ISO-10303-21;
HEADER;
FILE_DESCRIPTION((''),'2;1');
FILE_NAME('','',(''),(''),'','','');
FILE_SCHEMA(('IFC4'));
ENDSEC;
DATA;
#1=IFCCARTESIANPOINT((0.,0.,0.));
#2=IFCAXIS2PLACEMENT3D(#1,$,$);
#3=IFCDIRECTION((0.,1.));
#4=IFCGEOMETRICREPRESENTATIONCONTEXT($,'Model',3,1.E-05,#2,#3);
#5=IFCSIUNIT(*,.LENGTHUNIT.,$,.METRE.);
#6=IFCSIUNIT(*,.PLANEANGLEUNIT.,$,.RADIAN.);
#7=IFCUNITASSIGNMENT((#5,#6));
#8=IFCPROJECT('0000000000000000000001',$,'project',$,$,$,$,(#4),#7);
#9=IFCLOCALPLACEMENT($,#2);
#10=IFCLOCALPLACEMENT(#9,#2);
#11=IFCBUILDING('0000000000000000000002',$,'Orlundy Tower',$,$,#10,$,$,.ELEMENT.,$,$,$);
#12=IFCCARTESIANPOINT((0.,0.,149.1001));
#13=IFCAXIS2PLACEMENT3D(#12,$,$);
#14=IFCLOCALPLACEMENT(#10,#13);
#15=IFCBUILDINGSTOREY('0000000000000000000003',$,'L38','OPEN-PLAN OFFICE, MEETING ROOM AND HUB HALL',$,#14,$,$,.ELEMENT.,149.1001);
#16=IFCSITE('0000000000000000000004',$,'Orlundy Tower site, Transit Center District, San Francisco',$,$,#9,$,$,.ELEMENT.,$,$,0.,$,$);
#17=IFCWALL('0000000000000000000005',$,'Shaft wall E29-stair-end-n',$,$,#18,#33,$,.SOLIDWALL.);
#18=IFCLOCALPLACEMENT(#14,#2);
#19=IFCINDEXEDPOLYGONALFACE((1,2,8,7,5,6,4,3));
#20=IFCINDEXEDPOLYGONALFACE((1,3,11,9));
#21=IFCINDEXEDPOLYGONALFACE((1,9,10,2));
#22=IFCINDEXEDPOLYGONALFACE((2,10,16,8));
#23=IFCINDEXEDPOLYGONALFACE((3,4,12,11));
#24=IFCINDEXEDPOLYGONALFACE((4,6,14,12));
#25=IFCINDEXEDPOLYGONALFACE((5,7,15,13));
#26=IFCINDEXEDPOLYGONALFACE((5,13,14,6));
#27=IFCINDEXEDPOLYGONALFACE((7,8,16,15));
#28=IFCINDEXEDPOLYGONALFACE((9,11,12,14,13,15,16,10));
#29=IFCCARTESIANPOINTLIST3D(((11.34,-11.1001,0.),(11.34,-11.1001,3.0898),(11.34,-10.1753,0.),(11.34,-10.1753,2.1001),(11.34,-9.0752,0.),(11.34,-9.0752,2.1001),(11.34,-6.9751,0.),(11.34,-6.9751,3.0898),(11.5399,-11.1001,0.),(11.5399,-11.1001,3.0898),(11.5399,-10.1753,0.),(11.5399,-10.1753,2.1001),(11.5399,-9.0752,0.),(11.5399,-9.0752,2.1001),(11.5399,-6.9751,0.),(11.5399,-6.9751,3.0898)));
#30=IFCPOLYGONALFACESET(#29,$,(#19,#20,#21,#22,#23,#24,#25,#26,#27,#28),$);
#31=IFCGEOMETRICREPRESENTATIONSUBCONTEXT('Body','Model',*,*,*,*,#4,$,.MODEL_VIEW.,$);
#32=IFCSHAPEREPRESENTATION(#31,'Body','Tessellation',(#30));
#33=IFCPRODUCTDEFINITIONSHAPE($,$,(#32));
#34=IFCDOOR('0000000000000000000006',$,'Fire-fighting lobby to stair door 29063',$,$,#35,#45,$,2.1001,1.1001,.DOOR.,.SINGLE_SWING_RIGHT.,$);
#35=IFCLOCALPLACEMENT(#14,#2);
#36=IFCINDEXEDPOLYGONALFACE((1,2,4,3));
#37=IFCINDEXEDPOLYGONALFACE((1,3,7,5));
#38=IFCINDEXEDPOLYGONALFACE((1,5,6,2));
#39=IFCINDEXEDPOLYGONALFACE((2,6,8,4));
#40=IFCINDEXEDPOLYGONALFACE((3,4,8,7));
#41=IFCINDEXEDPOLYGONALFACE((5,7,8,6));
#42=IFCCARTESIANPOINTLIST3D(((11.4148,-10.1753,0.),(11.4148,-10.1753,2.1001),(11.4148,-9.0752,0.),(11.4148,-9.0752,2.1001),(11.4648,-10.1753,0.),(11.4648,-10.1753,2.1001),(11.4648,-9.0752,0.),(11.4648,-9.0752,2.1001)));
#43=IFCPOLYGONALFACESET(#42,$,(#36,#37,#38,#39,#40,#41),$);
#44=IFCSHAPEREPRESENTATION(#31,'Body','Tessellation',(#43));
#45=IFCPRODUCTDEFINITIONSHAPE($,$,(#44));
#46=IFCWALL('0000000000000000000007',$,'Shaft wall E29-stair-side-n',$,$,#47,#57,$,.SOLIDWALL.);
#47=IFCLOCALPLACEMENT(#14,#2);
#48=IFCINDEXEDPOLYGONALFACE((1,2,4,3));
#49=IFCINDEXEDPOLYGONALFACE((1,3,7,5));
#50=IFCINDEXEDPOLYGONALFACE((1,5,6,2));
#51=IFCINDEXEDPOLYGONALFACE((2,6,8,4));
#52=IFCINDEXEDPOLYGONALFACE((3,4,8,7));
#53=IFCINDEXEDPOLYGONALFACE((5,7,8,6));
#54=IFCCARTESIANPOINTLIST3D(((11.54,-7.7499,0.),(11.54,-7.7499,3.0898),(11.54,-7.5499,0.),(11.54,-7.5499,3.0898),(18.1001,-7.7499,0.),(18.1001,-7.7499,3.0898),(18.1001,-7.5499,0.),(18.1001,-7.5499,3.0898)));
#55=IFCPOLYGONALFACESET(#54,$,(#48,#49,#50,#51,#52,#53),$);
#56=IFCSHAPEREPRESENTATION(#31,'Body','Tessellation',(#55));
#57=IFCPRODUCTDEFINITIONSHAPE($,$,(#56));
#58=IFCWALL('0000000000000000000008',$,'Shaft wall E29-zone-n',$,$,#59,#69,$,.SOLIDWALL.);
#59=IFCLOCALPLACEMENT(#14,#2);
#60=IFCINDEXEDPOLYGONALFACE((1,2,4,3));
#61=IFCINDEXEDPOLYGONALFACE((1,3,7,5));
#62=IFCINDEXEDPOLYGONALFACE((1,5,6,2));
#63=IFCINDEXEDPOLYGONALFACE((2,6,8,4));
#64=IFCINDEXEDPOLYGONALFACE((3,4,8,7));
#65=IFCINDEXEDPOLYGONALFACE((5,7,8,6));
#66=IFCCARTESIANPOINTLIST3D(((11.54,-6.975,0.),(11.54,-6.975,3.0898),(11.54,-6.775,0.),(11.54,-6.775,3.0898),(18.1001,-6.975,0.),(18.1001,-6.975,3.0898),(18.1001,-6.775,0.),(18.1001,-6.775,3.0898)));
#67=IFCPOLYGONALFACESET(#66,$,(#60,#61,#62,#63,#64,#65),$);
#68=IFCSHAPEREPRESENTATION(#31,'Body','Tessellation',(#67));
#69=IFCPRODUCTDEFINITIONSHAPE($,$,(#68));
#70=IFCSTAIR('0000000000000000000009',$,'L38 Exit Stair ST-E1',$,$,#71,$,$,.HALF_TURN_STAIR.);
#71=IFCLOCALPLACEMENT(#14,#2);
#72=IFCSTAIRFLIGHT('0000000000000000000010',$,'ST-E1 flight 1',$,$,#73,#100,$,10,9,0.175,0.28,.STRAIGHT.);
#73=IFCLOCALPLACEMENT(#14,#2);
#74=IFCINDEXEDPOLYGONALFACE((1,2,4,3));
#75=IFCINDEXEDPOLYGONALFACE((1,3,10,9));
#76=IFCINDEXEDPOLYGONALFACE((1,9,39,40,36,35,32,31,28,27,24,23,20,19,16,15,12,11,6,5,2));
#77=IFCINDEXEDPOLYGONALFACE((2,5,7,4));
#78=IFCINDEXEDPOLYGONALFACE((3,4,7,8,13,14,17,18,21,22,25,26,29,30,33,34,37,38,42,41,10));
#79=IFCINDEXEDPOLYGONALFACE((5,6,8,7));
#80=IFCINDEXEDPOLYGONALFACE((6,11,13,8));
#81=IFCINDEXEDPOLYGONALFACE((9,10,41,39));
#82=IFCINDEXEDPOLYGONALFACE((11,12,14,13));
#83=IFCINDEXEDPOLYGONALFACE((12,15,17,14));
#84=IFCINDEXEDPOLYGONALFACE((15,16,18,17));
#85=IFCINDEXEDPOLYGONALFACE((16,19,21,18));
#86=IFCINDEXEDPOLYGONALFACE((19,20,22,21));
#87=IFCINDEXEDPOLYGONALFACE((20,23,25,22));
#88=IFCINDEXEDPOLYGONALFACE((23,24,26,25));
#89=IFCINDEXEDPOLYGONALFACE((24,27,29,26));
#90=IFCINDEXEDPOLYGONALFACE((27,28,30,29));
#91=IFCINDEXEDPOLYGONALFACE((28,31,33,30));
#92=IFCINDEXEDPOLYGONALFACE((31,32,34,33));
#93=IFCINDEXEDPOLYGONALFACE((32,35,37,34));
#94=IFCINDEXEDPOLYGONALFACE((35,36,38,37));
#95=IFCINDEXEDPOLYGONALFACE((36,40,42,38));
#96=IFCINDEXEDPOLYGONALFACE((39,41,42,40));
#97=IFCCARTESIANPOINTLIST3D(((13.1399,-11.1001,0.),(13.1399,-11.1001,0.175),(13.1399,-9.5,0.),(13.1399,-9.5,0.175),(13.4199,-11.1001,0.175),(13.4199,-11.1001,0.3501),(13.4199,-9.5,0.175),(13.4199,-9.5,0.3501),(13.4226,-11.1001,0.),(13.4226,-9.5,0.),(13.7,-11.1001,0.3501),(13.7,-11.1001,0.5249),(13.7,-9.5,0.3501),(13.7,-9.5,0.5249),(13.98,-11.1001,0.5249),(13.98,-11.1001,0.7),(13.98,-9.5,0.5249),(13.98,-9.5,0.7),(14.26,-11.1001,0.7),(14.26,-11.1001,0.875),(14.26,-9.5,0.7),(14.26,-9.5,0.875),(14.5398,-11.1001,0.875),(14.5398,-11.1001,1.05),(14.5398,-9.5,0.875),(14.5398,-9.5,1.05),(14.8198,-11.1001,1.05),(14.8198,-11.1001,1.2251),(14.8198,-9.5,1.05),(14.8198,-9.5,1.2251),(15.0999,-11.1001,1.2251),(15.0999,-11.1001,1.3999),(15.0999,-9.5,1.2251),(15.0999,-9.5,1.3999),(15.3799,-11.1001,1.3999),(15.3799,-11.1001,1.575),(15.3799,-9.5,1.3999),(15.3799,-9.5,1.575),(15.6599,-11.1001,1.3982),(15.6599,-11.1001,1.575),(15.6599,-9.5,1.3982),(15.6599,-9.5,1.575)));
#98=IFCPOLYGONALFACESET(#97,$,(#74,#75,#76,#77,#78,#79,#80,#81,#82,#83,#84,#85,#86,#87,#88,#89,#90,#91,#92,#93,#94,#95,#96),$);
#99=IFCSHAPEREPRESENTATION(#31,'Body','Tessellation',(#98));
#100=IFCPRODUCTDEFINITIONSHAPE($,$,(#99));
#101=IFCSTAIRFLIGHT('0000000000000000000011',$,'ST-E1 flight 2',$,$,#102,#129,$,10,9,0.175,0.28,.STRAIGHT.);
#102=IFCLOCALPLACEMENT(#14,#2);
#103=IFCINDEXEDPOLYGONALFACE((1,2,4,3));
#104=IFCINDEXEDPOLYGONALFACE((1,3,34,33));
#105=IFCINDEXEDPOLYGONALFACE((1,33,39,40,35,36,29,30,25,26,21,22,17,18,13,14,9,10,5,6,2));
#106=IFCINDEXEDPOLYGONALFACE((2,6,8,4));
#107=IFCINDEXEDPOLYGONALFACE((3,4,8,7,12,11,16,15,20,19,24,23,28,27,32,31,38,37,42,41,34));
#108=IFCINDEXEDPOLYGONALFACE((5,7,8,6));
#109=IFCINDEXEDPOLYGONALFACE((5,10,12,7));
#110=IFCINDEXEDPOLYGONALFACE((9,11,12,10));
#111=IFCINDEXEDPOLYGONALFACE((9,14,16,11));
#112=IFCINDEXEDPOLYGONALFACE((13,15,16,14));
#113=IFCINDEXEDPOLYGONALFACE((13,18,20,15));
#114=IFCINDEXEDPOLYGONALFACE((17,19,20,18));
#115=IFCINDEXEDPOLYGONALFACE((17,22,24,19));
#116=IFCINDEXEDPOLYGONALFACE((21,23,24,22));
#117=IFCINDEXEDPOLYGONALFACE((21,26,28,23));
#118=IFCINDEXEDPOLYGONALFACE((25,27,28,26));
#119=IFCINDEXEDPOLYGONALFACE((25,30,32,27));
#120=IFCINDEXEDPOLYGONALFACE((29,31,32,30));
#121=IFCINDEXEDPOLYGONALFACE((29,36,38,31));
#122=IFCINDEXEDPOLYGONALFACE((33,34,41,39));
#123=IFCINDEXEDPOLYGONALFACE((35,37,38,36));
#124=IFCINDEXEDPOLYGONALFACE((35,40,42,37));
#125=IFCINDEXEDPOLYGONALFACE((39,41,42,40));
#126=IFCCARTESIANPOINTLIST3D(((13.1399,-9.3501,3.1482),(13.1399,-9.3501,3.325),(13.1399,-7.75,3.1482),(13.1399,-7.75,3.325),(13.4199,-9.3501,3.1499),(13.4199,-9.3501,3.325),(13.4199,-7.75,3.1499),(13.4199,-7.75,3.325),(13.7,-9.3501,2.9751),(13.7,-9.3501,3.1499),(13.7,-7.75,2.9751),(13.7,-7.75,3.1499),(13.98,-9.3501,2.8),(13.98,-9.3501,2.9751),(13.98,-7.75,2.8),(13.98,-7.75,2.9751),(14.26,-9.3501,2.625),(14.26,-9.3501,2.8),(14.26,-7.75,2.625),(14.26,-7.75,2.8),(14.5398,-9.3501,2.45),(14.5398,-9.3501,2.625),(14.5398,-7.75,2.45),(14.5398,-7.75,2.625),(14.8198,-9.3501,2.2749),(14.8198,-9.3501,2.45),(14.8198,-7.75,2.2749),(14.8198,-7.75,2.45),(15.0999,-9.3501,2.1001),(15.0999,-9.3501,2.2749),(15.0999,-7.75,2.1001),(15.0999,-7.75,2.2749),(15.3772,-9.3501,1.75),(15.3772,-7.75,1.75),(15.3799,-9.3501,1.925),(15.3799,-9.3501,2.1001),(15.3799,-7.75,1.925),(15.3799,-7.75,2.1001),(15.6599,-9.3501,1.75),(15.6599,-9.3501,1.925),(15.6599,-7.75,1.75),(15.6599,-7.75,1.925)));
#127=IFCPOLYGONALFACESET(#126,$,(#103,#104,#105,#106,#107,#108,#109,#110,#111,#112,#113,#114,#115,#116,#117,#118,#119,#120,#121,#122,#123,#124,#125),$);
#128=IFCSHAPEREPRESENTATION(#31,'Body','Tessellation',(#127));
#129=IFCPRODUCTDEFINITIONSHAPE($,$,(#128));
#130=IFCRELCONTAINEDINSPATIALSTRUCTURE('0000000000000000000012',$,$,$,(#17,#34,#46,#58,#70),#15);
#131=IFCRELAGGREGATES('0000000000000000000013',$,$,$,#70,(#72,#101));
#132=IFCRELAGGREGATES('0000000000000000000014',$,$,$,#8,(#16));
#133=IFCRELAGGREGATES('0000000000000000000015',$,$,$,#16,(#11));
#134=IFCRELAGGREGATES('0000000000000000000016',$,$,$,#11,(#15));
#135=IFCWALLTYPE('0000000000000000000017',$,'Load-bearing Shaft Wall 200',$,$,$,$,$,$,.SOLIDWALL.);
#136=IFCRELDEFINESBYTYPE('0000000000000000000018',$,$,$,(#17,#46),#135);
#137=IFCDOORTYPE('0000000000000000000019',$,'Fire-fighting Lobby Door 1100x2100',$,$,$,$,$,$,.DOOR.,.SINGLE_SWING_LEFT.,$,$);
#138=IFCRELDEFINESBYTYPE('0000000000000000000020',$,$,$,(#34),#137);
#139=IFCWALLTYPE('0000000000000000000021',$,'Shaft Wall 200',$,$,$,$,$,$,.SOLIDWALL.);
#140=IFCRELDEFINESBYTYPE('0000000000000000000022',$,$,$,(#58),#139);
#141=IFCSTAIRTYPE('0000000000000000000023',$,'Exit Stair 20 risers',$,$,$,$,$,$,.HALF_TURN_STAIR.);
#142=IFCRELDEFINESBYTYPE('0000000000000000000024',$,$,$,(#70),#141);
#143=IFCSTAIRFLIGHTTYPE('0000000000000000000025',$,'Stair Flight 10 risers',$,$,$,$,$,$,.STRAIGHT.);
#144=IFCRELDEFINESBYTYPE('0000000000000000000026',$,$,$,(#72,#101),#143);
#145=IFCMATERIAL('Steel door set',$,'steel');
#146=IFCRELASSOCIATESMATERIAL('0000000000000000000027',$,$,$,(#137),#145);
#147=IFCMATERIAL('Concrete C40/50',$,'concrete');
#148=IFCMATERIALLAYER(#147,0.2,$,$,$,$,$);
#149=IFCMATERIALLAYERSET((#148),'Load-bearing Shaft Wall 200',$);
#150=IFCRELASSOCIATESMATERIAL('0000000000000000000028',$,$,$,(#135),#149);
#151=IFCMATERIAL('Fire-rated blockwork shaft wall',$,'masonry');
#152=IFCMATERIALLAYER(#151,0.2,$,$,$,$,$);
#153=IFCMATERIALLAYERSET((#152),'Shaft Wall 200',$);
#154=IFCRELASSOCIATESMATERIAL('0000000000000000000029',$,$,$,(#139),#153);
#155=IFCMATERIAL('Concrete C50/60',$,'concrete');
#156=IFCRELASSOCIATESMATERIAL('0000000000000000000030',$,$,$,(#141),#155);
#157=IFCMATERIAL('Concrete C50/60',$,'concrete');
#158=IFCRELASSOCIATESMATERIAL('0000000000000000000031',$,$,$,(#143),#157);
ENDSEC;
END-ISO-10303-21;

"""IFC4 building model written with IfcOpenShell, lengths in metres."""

from ifc_helpers import new_model, si_unit, direction, frame, frame_2d, origin, place, context, subcontext, project, spatial, polyline, rectangle, outline, extrude, material, layer, layer_set, type_object, element, fill, aggregate, save


model = new_model("IFC4")

# Units and contexts
model_context = context("Model", 3, precision=1e-05, world=origin(), true_north=direction((0.0, 1.0)))
body_context = subcontext(model_context, "Body", "Model", "MODEL_VIEW")
ifc_project = project(units=[si_unit("LENGTHUNIT", "METRE"), si_unit("PLANEANGLEUNIT", "RADIAN")], contexts=[model_context])

# Site, building, storey
site_placement = place(None, origin())
site = spatial("IfcSite", under=ifc_project, at=site_placement, Name="Orlundy Tower site, Transit Center District, San Francisco", CompositionType="ELEMENT", RefElevation=0.0)
building_placement = place(site_placement, origin())
building = spatial("IfcBuilding", under=site, at=building_placement, Name="Orlundy Tower", CompositionType="ELEMENT")
storey_placement = place(building_placement, frame((0.0, 0.0, 149.1001)))
storey = spatial("IfcBuildingStorey", under=building, at=storey_placement, Name="L38", Description="OPEN-PLAN OFFICE, MEETING ROOM AND HUB HALL", CompositionType="ELEMENT", Elevation=149.1001)

# Shared definitions
ifc_material_1 = material(Name="Steel door set", Category="steel")
door_type_1 = type_object("IfcDoorType", Name="Fire-fighting Lobby Door 1100x2100", OperationType="SINGLE_SWING_LEFT", PredefinedType="DOOR", material=ifc_material_1)

# Wall, opening, door
ifc_material_2 = material(Name="Concrete C40/50", Category="concrete")
ifc_layer_1 = layer(ifc_material_2, 0.2)
ifc_layer_set_1 = layer_set([ifc_layer_1], Name="Load-bearing Shaft Wall 200")
wall_type_1 = type_object("IfcWallType", Name="Load-bearing Shaft Wall 200", PredefinedType="SOLIDWALL", material=ifc_layer_set_1)
wall_1_placement = place(storey_placement, frame((11.4399, -6.9751, 0.0), z_axis=(0.0, 0.0, 1.0), x_axis=(0.0, -1.0, 0.0)))
wall_1 = element("IfcWall", 1, at=wall_1_placement, inside=storey, type_object=wall_type_1, Name="Shaft wall E29-stair-end-n", PredefinedType="SOLIDWALL", context=body_context, shape_type="SweptSolid", body=[
    extrude(rectangle(XDim=4.125, YDim=0.2, at=frame_2d((2.0625, 0.0))), origin(), (0.0, 0.0, 1.0), 3.0898),
])
opening_1_placement = place(wall_1_placement, frame((2.1001, 0.0, 0.0)))
opening_1 = element("IfcOpeningElement", 2, at=opening_1_placement, cuts=wall_1, PredefinedType="OPENING", context=body_context, shape_type="SweptSolid", body=[
    extrude(rectangle(XDim=1.1001, YDim=2.1001, at=frame_2d((0.55, 1.05))), frame((0.0, 0.1101, 0.0), z_axis=(0.0, -1.0, 0.0), x_axis=(1.0, 0.0, 0.0)), (0.0, 0.0, 1.0), 0.2202),
])
door_1_placement = place(opening_1_placement, origin())
door_1 = element("IfcDoor", 3, at=door_1_placement, inside=storey, type_object=door_type_1, Name="Fire-fighting lobby to stair door 29063", OperationType="SINGLE_SWING_RIGHT", OverallHeight=2.1001, OverallWidth=1.1001, PredefinedType="DOOR", context=body_context, shape_type="SweptSolid", body=[
    extrude(rectangle(XDim=1.1001, YDim=2.1001, at=frame_2d((0.55, 1.05))), frame((0.0, 0.0249, 0.0), z_axis=(0.0, -1.0, 0.0), x_axis=(1.0, 0.0, 0.0)), (0.0, 0.0, 1.0), 0.05),
])
fill(opening_1, door_1)

# Walls
wall_2_placement = place(storey_placement, frame((11.54, -7.6499, 0.0), z_axis=(0.0, 0.0, 1.0), x_axis=(1.0, 0.0, 0.0)))
element("IfcWall", 4, at=wall_2_placement, inside=storey, type_object=wall_type_1, Name="Shaft wall E29-stair-side-n", PredefinedType="SOLIDWALL", context=body_context, shape_type="SweptSolid", body=[
    extrude(rectangle(XDim=6.5601, YDim=0.2, at=frame_2d((3.28, 0.0))), origin(), (0.0, 0.0, 1.0), 3.0898),
])
ifc_material_3 = material(Name="Fire-rated blockwork shaft wall", Category="masonry")
ifc_layer_2 = layer(ifc_material_3, 0.2)
ifc_layer_set_2 = layer_set([ifc_layer_2], Name="Shaft Wall 200")
wall_type_2 = type_object("IfcWallType", Name="Shaft Wall 200", PredefinedType="SOLIDWALL", material=ifc_layer_set_2)
wall_3_placement = place(storey_placement, frame((11.54, -6.875, 0.0), z_axis=(0.0, 0.0, 1.0), x_axis=(1.0, 0.0, 0.0)))
element("IfcWall", 5, at=wall_3_placement, inside=storey, type_object=wall_type_2, Name="Shaft wall E29-zone-n", PredefinedType="SOLIDWALL", context=body_context, shape_type="SweptSolid", body=[
    extrude(rectangle(XDim=6.5601, YDim=0.2, at=frame_2d((3.28, 0.0))), origin(), (0.0, 0.0, 1.0), 3.0898),
])

# Stair, stair flights
ifc_material_4 = material(Name="Concrete C50/60", Category="concrete")
stair_type = type_object("IfcStairType", Name="Exit Stair 20 risers", PredefinedType="HALF_TURN_STAIR", material=ifc_material_4)
stair_placement = place(storey_placement, origin())
stair = element("IfcStair", 6, at=stair_placement, inside=storey, type_object=stair_type, Name="L38 Exit Stair ST-E1", PredefinedType="HALF_TURN_STAIR")
ifc_material_5 = material(Name="Concrete C50/60", Category="concrete")
stair_flight_type = type_object("IfcStairFlightType", Name="Stair Flight 10 risers", PredefinedType="STRAIGHT", material=ifc_material_5)
stair_flight_1_placement = place(storey_placement, frame((13.1399, -10.3, 0.0), z_axis=(0.0, 0.0, 1.0), x_axis=(1.0, 0.0, 0.0)))
stair_flight_1 = element("IfcStairFlight", 7, at=stair_flight_1_placement, type_object=stair_flight_type, Name="ST-E1 flight 1", NumberOfRisers=10, NumberOfTreads=9, PredefinedType="STRAIGHT", RiserHeight=0.175, TreadLength=0.28, context=body_context, shape_type="SweptSolid", body=[
    extrude(outline(polyline([(0.0, 0.0), (0.0, 0.175), (0.28, 0.175), (0.28, 0.3501), (0.5601, 0.3501), (0.5601, 0.5249), (0.8401, 0.5249), (0.8401, 0.7), (1.1201, 0.7), (1.1201, 0.875), (1.3999, 0.875), (1.3999, 1.05), (1.6799, 1.05), (1.6799, 1.2251), (1.96, 1.2251), (1.96, 1.3999), (2.24, 1.3999), (2.24, 1.575), (2.52, 1.575), (2.52, 1.75), (2.52, 1.3982), (0.2827, 0.0), (0.0, 0.0)])), frame((0.0, 0.8, 0.0), z_axis=(0.0, -1.0, 0.0), x_axis=(1.0, 0.0, 0.0)), (0.0, 0.0, 1.0), 1.6001),
])
stair_flight_2_placement = place(storey_placement, frame((15.6599, -8.55, 1.75), z_axis=(0.0, 0.0, 1.0), x_axis=(-1.0, 0.0, 0.0)))
stair_flight_2 = element("IfcStairFlight", 8, at=stair_flight_2_placement, type_object=stair_flight_type, Name="ST-E1 flight 2", NumberOfRisers=10, NumberOfTreads=9, PredefinedType="STRAIGHT", RiserHeight=0.175, TreadLength=0.28, context=body_context, shape_type="SweptSolid", body=[
    extrude(outline(polyline([(0.0, 0.0), (0.0, 0.175), (0.28, 0.175), (0.28, 0.3501), (0.5601, 0.3501), (0.5601, 0.5249), (0.8401, 0.5249), (0.8401, 0.7), (1.1201, 0.7), (1.1201, 0.875), (1.3999, 0.875), (1.3999, 1.05), (1.6799, 1.05), (1.6799, 1.2251), (1.96, 1.2251), (1.96, 1.3999), (2.24, 1.3999), (2.24, 1.575), (2.52, 1.575), (2.52, 1.75), (2.52, 1.3982), (0.2827, 0.0), (0.0, 0.0)])), frame((0.0, 0.8, 0.0), z_axis=(0.0, -1.0, 0.0), x_axis=(1.0, 0.0, 0.0)), (0.0, 0.0, 1.0), 1.6001),
])
aggregate(stair, [stair_flight_1, stair_flight_2])

save(model, "model.ifc")
